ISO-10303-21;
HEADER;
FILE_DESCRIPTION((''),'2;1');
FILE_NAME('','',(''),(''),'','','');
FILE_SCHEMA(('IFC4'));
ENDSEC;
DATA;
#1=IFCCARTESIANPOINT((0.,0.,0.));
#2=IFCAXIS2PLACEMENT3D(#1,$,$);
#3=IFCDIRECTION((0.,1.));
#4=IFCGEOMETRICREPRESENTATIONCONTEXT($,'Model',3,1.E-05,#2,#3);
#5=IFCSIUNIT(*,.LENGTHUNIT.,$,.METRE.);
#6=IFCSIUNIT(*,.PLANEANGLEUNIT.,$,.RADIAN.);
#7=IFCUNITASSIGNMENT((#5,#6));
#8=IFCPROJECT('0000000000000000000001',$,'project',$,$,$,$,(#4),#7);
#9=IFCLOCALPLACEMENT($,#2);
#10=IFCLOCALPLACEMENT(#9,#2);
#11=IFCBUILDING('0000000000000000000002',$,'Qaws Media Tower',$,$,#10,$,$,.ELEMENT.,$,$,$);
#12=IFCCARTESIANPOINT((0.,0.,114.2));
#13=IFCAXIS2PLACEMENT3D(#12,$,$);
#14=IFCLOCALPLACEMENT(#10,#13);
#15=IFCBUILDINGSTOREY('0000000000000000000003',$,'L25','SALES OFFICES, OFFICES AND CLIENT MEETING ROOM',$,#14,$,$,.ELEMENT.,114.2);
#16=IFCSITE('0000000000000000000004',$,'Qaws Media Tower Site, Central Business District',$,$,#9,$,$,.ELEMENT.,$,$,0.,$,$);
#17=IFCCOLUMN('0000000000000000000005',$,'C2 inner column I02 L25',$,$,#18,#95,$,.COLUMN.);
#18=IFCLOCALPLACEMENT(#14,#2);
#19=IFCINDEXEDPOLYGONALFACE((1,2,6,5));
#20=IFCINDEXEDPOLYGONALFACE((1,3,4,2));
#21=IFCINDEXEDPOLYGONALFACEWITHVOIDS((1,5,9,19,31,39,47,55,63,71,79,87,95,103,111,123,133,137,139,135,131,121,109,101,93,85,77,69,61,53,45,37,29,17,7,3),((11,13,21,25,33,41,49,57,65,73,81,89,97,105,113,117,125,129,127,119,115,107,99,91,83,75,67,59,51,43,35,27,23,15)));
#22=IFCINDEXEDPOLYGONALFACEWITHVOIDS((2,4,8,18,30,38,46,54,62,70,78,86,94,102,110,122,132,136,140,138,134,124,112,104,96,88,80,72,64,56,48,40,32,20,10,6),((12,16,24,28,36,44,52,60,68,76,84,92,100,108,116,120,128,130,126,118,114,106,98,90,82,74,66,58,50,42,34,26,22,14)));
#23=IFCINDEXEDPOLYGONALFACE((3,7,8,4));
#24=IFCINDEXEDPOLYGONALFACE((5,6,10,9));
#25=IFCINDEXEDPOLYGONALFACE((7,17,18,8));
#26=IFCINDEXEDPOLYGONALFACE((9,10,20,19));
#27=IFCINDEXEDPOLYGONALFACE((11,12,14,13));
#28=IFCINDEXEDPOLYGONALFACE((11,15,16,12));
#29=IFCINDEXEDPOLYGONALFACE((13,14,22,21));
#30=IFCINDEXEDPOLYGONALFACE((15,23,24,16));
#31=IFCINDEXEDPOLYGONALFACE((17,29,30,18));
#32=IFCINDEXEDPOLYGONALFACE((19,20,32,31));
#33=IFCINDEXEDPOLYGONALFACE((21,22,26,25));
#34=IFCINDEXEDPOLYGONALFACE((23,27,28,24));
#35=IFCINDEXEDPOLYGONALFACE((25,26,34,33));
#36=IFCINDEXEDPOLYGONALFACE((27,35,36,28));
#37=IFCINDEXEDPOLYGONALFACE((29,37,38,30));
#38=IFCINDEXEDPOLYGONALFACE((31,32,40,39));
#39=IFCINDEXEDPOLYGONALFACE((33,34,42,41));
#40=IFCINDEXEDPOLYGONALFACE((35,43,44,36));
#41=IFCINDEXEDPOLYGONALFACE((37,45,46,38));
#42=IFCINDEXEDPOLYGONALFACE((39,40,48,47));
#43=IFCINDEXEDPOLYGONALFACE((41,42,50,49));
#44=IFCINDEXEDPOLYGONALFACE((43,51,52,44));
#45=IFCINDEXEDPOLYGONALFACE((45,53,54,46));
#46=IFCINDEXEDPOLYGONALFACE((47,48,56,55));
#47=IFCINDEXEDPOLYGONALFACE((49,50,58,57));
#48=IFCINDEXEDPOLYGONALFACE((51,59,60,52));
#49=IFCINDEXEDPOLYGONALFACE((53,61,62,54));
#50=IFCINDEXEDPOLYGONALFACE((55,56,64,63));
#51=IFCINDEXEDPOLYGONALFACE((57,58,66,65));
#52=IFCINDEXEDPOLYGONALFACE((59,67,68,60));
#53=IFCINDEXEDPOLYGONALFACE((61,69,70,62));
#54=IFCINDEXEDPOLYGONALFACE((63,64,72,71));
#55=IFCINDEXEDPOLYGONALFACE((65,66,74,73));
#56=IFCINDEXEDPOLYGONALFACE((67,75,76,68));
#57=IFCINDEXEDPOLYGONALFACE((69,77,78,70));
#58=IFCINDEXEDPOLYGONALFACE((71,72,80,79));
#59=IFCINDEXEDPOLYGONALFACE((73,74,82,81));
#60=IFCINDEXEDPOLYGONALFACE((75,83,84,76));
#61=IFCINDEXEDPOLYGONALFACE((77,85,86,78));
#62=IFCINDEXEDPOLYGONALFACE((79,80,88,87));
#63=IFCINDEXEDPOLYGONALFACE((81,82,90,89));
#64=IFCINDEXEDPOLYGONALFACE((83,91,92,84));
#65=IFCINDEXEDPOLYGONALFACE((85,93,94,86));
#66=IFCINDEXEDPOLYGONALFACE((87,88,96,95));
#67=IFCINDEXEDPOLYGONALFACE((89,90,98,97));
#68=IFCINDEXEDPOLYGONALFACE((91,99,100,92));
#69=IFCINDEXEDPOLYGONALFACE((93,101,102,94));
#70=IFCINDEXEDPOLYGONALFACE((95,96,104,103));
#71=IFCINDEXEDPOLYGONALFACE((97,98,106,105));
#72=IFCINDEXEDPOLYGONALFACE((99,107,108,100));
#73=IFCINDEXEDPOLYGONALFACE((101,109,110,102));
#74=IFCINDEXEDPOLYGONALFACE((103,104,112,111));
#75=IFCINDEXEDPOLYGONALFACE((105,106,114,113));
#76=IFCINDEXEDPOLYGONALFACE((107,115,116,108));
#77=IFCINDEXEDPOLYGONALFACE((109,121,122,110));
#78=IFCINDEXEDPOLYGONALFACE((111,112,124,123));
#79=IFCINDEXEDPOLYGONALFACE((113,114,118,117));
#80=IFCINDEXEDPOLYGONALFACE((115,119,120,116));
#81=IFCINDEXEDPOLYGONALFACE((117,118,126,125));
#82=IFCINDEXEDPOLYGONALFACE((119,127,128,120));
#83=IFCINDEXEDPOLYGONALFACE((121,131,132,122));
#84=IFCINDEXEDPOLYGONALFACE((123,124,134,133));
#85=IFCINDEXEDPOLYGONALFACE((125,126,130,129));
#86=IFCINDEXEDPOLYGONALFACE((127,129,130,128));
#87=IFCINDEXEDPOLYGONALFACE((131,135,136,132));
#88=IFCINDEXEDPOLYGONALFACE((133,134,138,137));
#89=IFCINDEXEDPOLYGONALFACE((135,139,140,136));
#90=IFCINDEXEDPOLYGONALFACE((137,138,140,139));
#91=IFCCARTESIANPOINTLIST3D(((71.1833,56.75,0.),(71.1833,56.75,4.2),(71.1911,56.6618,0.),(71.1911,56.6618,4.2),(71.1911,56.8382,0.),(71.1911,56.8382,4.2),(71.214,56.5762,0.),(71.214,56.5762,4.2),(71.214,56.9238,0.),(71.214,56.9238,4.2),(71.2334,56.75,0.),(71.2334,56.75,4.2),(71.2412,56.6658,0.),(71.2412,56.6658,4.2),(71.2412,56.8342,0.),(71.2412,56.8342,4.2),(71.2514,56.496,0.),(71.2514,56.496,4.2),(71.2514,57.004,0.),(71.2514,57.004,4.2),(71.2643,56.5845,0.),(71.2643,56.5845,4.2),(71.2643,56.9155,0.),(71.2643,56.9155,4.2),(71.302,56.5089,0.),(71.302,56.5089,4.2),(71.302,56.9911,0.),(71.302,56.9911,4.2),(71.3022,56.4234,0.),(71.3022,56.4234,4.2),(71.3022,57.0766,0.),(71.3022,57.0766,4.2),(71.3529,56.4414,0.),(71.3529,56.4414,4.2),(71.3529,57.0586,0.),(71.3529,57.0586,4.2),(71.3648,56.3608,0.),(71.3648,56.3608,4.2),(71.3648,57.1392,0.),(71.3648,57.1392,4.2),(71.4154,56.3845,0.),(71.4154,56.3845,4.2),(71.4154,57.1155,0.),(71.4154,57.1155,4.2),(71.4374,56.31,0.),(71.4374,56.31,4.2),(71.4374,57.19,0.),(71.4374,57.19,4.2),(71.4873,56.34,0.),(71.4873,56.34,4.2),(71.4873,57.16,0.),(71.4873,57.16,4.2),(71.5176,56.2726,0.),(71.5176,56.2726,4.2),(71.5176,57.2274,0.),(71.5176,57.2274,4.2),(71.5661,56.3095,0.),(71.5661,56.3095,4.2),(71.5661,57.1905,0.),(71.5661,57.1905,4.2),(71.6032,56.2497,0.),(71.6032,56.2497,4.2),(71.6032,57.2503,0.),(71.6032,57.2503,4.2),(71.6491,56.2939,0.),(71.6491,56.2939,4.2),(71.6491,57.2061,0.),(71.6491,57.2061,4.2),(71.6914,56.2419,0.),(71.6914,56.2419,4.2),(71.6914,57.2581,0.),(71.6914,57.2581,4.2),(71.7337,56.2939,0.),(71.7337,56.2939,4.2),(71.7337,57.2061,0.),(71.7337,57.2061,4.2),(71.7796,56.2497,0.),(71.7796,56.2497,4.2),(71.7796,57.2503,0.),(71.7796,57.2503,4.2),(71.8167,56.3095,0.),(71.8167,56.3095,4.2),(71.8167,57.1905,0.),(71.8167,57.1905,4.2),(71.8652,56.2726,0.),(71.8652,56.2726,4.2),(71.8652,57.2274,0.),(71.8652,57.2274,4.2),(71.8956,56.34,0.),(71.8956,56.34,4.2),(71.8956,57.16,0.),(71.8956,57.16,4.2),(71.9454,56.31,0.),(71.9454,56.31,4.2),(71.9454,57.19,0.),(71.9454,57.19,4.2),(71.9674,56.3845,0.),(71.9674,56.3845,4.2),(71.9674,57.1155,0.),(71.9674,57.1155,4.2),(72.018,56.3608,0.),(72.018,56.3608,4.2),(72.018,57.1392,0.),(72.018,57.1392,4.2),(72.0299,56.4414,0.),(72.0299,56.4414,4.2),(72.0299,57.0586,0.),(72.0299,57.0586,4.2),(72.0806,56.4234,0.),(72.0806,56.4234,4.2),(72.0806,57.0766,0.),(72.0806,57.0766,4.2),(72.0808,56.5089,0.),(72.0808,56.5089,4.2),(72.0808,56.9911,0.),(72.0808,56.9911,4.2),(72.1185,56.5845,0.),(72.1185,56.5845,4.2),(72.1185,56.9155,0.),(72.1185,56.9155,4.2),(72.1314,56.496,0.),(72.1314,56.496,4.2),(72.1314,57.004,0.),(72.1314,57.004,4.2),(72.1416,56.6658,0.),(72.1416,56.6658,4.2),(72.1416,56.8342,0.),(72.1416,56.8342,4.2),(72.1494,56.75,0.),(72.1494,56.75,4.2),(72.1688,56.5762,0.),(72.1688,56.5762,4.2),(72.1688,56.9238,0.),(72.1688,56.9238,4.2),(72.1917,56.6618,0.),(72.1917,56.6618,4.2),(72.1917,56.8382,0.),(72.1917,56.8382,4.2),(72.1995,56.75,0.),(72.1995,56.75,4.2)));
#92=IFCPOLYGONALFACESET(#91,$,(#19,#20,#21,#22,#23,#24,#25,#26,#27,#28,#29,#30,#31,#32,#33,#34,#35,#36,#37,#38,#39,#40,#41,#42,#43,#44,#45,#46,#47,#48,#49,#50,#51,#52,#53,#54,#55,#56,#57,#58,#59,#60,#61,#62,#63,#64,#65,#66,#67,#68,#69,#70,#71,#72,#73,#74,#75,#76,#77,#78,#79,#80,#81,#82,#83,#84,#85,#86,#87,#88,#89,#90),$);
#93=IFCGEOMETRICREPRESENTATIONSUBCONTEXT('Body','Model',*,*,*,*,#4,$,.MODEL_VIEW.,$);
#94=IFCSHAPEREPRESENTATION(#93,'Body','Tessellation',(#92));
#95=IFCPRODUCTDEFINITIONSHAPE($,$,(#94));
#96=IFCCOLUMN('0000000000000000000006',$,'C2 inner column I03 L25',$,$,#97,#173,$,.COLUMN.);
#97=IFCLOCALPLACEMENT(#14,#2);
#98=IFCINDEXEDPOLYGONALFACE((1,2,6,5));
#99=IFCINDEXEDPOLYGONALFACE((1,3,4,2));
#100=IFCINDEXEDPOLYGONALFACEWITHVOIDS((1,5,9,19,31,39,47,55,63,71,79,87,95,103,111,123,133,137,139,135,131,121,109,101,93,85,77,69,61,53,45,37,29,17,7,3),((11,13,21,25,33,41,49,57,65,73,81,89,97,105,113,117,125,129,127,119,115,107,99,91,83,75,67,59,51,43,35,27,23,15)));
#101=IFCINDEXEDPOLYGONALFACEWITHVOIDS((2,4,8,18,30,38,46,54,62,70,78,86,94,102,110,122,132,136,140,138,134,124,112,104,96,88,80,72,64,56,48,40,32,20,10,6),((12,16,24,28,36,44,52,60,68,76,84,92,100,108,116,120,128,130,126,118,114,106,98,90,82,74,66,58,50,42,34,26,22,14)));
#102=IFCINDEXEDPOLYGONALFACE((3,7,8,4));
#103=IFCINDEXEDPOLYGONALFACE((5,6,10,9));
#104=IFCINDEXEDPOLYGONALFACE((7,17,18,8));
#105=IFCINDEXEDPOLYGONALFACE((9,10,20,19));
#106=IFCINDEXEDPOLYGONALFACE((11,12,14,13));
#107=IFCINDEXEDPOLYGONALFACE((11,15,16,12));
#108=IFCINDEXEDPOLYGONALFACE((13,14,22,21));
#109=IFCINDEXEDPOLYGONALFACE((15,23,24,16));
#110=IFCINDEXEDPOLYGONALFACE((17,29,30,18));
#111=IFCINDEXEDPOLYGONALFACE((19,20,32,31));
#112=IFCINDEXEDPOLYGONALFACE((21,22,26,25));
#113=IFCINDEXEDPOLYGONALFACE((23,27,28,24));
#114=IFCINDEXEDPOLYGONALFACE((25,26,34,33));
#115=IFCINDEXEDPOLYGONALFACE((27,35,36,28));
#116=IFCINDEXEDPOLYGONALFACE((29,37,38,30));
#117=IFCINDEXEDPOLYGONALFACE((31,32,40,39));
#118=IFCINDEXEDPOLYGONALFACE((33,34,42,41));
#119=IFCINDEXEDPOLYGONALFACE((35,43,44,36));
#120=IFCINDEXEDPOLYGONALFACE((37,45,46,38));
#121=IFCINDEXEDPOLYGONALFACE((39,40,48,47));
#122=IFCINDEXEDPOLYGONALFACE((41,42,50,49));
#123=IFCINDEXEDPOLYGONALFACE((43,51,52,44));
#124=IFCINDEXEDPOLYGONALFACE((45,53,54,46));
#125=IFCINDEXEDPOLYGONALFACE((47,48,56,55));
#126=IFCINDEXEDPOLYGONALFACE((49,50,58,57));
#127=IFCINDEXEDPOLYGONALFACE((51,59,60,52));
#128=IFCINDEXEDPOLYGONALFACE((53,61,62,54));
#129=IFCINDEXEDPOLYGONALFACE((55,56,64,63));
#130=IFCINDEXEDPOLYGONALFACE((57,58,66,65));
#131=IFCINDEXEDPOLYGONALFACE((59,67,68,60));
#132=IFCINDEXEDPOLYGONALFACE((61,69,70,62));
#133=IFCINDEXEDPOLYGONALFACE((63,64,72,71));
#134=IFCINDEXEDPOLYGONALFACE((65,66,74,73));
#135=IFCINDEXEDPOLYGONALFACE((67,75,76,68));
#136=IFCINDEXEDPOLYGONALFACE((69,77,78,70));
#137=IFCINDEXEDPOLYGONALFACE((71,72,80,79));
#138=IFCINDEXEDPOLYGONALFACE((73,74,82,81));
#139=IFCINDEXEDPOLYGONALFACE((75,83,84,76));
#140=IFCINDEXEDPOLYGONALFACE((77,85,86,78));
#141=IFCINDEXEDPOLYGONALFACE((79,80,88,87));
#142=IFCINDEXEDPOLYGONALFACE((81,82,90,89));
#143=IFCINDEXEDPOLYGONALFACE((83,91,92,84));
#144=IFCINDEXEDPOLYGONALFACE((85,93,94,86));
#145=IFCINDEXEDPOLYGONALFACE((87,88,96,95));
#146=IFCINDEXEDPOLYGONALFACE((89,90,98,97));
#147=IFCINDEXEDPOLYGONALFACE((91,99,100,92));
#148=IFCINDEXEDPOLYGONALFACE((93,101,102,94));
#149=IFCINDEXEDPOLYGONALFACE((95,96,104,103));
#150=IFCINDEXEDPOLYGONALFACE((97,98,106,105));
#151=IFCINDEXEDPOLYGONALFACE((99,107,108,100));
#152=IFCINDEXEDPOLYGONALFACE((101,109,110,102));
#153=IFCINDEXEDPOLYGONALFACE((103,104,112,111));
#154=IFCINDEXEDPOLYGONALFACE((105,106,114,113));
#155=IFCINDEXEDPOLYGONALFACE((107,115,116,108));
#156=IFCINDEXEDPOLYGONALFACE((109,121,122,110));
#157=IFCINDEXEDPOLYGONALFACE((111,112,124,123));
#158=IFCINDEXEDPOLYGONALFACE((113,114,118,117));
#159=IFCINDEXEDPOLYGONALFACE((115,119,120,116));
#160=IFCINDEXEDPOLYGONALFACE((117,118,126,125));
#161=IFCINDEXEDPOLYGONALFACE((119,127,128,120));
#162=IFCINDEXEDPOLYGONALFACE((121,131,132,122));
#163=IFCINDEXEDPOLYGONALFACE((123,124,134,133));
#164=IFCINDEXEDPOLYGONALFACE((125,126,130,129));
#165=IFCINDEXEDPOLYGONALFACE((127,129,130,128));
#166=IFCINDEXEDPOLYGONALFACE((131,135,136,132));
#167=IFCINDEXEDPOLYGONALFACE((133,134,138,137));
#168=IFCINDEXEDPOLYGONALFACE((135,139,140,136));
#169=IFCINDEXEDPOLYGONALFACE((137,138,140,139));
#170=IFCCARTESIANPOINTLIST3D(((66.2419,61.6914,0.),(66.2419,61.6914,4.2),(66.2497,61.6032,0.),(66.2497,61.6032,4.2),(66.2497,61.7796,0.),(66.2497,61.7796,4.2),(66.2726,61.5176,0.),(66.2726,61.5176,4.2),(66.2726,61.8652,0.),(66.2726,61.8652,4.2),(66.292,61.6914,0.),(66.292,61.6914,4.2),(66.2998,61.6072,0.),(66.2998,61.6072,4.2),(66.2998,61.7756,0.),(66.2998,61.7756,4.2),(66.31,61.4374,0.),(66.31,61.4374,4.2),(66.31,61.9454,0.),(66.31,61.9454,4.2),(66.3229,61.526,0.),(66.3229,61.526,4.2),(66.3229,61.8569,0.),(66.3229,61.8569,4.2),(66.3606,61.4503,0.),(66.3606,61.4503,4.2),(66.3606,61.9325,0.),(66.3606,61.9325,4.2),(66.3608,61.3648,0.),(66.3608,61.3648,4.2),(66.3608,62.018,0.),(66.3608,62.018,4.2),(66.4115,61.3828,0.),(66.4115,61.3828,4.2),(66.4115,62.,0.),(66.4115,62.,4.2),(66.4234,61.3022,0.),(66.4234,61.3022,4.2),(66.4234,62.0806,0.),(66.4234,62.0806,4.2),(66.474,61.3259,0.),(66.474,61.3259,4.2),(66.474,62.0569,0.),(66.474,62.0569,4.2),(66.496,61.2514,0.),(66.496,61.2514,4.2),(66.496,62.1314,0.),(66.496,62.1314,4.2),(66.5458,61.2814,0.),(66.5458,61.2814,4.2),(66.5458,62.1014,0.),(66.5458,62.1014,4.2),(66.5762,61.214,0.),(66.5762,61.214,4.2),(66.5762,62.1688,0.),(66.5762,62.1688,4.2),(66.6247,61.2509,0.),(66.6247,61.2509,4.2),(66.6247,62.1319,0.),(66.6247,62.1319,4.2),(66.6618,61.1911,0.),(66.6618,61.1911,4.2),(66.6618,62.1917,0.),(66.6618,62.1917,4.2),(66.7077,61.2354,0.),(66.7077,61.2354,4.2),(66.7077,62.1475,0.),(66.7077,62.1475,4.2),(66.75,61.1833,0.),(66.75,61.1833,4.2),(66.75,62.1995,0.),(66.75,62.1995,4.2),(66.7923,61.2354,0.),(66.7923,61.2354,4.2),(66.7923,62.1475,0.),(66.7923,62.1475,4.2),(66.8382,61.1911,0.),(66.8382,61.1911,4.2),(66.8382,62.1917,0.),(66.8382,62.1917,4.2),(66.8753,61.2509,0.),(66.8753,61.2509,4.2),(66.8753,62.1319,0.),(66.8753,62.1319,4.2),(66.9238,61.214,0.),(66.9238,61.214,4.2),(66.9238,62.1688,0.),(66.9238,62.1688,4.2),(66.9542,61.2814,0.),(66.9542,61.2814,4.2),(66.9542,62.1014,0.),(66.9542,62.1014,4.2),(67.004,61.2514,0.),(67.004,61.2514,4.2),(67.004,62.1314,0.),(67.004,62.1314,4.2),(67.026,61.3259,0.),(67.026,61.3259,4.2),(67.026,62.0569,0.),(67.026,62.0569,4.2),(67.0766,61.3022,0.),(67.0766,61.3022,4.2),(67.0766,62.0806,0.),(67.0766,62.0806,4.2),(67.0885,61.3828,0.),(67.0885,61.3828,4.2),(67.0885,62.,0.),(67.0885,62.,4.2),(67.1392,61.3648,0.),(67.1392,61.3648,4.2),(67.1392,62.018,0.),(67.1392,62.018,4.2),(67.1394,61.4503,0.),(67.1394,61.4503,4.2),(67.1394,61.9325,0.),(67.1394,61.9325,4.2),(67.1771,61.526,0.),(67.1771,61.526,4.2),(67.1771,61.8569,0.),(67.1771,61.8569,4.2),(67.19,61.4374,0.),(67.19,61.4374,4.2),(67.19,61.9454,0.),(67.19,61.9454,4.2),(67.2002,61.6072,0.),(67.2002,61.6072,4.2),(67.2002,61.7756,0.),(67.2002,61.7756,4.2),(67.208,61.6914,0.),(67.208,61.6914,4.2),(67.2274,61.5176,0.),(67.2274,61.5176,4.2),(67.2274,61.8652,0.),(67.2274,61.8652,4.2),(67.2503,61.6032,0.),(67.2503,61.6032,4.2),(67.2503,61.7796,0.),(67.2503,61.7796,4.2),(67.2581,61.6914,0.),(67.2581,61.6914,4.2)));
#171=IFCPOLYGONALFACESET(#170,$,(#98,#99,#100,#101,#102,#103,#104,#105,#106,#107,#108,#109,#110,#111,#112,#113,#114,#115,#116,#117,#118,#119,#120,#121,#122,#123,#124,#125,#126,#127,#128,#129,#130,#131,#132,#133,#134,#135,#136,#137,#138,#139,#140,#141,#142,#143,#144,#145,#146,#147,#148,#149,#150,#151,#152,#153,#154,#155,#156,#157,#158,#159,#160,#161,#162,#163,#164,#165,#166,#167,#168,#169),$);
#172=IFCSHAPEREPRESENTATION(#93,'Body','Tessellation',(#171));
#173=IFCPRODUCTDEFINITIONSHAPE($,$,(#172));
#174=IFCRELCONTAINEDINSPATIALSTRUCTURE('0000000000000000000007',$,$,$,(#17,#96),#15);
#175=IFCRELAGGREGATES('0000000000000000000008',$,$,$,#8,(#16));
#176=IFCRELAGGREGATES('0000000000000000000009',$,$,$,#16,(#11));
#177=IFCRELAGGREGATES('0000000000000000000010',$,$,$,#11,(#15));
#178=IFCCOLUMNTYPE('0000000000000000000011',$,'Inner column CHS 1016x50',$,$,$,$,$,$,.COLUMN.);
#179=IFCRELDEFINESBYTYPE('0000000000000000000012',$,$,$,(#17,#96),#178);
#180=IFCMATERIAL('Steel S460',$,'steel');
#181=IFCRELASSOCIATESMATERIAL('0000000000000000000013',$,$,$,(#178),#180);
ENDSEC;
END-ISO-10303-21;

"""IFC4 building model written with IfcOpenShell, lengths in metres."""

from ifc_helpers import new_model, si_unit, direction, frame, origin, origin_2d, place, context, subcontext, project, spatial, hollow_circle, extrude, material, material_profile, profile_set, type_object, element, save


model = new_model("IFC4")

# Units and contexts
model_context = context("Model", 3, precision=1e-05, world=origin(), true_north=direction((0.0, 1.0)))
body_context = subcontext(model_context, "Body", "Model", "MODEL_VIEW")
ifc_project = project(units=[si_unit("LENGTHUNIT", "METRE"), si_unit("PLANEANGLEUNIT", "RADIAN")], contexts=[model_context])

# Site, building, storey
site_placement = place(None, origin())
site = spatial("IfcSite", under=ifc_project, at=site_placement, Name="Qaws Media Tower Site, Central Business District", CompositionType="ELEMENT", RefElevation=0.0)
building_placement = place(site_placement, origin())
building = spatial("IfcBuilding", under=site, at=building_placement, Name="Qaws Media Tower", CompositionType="ELEMENT")
storey_placement = place(building_placement, frame((0.0, 0.0, 114.2)))
storey = spatial("IfcBuildingStorey", under=building, at=storey_placement, Name="L25", Description="SALES OFFICES, OFFICES AND CLIENT MEETING ROOM", CompositionType="ELEMENT", Elevation=114.2)

# Columns
ifc_material_1 = material(Name="Steel S460", Category="steel")
ifc_material_profile_1 = material_profile(ifc_material_1, hollow_circle(Radius=0.5081, WallThickness=0.05, at=origin_2d()), Name="CHS 1016x50")
ifc_profile_set_1 = profile_set([ifc_material_profile_1], Name="Steel S460")
column_type = type_object("IfcColumnType", Name="Inner column CHS 1016x50", PredefinedType="COLUMN", material=ifc_profile_set_1)
for number, where, z_axis, x_axis, name in (
    (1, (71.6914, 56.75, 0.0), (0.0, 0.0, 1.0), (1.0, 0.0, 0.0), "C2 inner column I02 L25"),
    (2, (66.75, 61.6914, 0.0), (0.0, 0.0, 1.0), (1.0, 0.0, 0.0), "C2 inner column I03 L25"),
):
    element("IfcColumn", number, at=place(storey_placement, frame(where, z_axis=z_axis, x_axis=x_axis)), inside=storey, type_object=column_type, Name=name, PredefinedType="COLUMN", context=body_context, shape_type="SweptSolid", body=[
        extrude(hollow_circle(Radius=0.5081, WallThickness=0.05, at=origin_2d()), origin(), (0.0, 0.0, 1.0), 4.2),
    ])

save(model, "model.ifc")
